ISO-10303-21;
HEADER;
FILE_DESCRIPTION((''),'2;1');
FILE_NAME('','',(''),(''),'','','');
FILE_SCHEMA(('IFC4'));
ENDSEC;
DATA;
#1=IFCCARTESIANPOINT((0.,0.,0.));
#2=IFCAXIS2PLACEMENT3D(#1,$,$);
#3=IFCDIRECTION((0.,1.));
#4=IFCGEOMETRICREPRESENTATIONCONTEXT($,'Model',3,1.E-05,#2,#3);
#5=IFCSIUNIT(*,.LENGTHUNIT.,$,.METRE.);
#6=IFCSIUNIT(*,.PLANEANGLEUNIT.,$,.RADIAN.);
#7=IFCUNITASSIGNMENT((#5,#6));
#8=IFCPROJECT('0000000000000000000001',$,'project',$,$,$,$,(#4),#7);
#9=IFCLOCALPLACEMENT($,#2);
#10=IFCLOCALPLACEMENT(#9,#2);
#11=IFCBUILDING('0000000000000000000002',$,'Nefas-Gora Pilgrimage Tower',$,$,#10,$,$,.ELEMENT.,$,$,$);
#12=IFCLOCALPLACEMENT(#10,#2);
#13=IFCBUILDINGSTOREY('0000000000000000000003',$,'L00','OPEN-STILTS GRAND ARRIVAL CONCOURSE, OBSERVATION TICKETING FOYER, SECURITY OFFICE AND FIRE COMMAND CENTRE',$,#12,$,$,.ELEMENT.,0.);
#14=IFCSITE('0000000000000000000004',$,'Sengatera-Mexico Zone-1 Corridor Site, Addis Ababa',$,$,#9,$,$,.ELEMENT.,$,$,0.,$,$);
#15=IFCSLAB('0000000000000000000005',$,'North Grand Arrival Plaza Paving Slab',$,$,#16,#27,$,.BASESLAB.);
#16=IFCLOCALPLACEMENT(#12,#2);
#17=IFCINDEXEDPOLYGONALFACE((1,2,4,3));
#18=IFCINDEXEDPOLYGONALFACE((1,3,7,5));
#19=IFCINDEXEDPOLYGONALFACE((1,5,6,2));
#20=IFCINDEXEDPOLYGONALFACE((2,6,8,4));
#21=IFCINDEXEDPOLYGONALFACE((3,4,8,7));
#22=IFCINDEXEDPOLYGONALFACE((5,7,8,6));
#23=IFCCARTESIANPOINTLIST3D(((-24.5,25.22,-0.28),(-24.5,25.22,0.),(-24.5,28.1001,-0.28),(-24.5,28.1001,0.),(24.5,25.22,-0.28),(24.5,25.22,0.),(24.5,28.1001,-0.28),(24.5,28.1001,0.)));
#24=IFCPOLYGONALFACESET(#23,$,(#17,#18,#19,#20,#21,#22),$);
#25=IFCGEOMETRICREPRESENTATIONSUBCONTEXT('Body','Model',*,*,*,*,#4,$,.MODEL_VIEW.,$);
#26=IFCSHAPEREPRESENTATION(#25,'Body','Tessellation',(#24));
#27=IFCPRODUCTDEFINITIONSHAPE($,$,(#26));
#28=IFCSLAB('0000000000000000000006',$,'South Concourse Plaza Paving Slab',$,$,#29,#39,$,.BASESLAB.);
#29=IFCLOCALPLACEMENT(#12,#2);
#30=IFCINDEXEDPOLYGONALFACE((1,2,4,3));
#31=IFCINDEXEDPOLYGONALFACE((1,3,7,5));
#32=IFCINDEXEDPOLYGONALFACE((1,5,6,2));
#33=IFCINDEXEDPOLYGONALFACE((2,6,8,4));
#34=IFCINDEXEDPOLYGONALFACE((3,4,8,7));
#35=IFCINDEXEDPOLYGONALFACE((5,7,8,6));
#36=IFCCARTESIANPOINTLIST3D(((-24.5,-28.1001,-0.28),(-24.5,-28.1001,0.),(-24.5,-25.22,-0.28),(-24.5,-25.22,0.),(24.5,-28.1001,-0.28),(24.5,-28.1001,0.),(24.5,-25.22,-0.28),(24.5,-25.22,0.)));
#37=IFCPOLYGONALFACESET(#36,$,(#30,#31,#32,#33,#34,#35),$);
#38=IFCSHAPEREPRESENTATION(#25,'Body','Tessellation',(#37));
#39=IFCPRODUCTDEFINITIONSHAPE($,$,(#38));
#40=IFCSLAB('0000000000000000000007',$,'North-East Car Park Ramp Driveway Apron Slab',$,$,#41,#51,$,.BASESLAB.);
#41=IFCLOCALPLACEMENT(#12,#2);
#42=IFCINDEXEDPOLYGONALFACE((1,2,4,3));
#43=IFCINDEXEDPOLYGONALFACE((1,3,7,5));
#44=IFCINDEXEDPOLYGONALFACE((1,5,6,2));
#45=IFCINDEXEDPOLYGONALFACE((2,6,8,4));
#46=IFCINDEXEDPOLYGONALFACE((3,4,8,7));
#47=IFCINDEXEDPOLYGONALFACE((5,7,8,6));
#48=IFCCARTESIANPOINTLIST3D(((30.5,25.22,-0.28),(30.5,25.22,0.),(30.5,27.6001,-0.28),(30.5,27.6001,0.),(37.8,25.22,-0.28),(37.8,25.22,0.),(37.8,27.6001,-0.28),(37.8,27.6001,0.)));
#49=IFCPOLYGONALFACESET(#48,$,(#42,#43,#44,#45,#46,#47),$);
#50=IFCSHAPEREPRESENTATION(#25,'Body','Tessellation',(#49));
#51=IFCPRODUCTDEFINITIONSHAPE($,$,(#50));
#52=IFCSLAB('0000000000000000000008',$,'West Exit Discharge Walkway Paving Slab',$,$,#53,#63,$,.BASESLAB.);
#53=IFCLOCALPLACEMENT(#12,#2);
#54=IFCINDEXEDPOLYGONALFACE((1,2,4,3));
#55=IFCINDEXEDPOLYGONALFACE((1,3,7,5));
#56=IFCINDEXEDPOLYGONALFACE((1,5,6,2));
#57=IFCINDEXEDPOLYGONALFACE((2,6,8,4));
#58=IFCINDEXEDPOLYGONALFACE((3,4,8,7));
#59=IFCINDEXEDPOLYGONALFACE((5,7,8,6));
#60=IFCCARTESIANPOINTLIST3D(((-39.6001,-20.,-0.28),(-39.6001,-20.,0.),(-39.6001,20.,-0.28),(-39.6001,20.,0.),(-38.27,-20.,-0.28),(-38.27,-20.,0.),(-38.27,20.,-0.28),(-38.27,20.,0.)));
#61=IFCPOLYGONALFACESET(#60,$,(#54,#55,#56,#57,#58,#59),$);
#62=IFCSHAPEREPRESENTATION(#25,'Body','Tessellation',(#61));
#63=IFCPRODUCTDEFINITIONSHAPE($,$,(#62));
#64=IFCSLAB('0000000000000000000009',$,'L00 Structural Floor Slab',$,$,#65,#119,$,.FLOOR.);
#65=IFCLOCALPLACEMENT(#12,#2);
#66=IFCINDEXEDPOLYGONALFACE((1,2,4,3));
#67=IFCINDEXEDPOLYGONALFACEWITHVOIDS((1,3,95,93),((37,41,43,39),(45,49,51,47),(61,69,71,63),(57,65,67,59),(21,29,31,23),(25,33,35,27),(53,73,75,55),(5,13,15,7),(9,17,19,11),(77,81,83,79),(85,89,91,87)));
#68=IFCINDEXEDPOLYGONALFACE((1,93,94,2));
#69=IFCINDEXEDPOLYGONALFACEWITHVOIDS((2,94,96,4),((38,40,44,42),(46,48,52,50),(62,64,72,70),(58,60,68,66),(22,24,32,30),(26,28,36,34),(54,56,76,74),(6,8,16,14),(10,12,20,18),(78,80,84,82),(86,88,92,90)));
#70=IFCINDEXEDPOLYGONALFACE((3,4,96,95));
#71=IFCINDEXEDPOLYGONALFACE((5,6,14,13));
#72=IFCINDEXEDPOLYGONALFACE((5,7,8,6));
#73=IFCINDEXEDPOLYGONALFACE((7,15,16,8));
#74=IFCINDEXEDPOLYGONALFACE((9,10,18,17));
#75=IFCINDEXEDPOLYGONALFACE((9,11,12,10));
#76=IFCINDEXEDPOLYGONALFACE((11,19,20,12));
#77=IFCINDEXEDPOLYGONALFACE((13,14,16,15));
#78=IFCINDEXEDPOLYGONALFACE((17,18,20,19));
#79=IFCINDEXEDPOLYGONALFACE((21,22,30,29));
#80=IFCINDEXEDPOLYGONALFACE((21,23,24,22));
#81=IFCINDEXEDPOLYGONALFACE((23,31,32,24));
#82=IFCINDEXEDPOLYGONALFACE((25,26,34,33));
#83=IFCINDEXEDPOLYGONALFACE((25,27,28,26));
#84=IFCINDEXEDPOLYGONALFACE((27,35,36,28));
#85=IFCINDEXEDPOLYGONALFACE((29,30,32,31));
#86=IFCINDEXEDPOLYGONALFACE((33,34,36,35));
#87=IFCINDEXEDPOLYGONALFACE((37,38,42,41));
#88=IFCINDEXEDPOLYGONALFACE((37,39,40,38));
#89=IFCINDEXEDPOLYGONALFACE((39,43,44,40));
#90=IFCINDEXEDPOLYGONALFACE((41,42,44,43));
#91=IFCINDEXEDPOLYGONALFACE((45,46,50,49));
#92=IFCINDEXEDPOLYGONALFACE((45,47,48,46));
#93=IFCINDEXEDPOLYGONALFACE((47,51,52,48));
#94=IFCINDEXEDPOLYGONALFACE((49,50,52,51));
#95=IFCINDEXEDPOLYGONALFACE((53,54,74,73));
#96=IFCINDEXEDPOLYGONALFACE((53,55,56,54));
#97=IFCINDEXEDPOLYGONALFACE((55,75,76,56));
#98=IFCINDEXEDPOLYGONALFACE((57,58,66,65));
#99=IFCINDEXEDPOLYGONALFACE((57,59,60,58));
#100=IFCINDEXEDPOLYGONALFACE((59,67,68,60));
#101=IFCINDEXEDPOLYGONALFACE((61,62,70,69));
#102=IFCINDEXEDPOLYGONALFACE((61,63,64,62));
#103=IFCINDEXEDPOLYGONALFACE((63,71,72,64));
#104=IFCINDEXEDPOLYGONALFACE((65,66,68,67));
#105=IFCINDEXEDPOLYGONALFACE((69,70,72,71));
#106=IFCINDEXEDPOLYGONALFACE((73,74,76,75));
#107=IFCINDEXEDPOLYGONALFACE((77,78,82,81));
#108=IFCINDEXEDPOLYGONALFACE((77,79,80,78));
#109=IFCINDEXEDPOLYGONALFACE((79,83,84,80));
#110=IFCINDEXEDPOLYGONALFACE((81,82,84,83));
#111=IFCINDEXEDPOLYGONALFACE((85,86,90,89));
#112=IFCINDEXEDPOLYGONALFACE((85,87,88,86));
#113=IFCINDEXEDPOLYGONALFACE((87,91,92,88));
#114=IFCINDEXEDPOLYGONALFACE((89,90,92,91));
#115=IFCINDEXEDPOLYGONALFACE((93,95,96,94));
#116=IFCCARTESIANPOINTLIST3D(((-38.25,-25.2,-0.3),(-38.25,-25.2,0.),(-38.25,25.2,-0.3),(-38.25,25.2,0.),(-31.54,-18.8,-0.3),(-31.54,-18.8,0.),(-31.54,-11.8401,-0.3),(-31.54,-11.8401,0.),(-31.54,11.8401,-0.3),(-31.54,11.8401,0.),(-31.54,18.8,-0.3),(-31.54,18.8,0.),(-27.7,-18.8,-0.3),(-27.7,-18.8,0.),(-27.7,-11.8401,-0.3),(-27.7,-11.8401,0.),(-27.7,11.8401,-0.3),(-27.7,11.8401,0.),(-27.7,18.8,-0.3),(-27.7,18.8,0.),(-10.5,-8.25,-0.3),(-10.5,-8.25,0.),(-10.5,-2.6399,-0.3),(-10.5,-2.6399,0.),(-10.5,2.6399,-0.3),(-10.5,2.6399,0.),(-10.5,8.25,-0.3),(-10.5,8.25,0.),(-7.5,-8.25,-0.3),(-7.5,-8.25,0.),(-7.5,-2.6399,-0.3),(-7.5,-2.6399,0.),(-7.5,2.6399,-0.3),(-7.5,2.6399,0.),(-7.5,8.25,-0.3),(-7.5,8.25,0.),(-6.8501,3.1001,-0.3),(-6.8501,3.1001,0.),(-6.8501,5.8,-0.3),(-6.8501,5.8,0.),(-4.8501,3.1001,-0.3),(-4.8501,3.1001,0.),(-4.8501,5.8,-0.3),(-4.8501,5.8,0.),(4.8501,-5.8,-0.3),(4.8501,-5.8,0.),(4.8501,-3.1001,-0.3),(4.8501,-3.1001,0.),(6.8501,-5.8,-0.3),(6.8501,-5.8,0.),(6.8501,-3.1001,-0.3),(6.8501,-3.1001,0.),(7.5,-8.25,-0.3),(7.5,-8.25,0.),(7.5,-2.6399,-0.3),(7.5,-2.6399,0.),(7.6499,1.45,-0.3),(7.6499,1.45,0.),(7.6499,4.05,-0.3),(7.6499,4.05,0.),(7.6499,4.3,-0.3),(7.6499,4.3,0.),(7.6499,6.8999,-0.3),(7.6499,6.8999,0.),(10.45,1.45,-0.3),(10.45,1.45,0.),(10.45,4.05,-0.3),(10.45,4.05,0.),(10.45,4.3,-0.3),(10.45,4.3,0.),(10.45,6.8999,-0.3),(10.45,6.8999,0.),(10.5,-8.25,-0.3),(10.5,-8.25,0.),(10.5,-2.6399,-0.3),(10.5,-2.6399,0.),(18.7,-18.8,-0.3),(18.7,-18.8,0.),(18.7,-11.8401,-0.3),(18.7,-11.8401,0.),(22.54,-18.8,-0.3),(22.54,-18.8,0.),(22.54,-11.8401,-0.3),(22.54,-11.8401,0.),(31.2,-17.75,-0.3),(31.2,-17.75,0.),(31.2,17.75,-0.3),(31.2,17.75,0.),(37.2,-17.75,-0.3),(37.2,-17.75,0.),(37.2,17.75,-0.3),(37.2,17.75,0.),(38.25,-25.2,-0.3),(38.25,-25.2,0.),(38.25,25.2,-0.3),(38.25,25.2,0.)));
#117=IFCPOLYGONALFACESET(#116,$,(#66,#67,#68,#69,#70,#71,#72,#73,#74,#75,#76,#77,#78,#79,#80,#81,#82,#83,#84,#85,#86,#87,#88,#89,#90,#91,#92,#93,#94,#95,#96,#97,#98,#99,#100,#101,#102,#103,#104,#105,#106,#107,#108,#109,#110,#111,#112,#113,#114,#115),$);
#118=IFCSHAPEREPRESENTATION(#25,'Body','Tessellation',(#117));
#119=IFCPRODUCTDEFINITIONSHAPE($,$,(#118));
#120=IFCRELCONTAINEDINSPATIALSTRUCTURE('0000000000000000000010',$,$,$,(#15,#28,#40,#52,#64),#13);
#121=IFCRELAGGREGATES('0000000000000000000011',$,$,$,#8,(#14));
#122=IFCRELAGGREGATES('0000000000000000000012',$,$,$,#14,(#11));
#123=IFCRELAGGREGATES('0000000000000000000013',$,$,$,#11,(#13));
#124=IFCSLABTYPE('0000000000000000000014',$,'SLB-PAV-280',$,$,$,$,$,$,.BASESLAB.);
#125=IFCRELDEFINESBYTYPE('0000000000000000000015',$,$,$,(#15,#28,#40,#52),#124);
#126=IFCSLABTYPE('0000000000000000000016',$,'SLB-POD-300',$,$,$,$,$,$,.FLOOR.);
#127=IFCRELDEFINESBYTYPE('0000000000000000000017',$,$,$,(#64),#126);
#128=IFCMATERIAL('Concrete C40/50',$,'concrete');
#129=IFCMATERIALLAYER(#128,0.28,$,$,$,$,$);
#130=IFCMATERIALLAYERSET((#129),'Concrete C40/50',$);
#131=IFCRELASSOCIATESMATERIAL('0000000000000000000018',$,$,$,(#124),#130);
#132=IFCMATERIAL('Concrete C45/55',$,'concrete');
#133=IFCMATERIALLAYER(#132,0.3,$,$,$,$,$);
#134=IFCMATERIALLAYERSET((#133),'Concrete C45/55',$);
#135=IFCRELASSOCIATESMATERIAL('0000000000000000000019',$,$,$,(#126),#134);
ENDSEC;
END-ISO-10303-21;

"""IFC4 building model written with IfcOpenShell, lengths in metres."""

from ifc_helpers import new_model, si_unit, direction, frame, origin, place, context, subcontext, project, spatial, polyline, outline, extrude, material, layer, layer_set, type_object, element, save


model = new_model("IFC4")

# Units and contexts
model_context = context("Model", 3, precision=1e-05, world=origin(), true_north=direction((0.0, 1.0)))
body_context = subcontext(model_context, "Body", "Model", "MODEL_VIEW")
ifc_project = project(units=[si_unit("LENGTHUNIT", "METRE"), si_unit("PLANEANGLEUNIT", "RADIAN")], contexts=[model_context])

# Site, building, storey
site_placement = place(None, origin())
site = spatial("IfcSite", under=ifc_project, at=site_placement, Name="Sengatera-Mexico Zone-1 Corridor Site, Addis Ababa", CompositionType="ELEMENT", RefElevation=0.0)
building_placement = place(site_placement, origin())
building = spatial("IfcBuilding", under=site, at=building_placement, Name="Nefas-Gora Pilgrimage Tower", CompositionType="ELEMENT")
storey_placement = place(building_placement, origin())
storey = spatial("IfcBuildingStorey", under=building, at=storey_placement, Name="L00", Description="OPEN-STILTS GRAND ARRIVAL CONCOURSE, OBSERVATION TICKETING FOYER, SECURITY OFFICE AND FIRE COMMAND CENTRE", CompositionType="ELEMENT", Elevation=0.0)

# Slabs
ifc_material_1 = material(Name="Concrete C40/50", Category="concrete")
ifc_layer_1 = layer(ifc_material_1, 0.28)
ifc_layer_set_1 = layer_set([ifc_layer_1], Name="Concrete C40/50")
slab_type_1 = type_object("IfcSlabType", Name="SLB-PAV-280", PredefinedType="BASESLAB", material=ifc_layer_set_1)
slab_1_placement = place(storey_placement, frame((0.0, 0.0, -0.28)))
element("IfcSlab", 1, at=slab_1_placement, inside=storey, type_object=slab_type_1, Name="North Grand Arrival Plaza Paving Slab", PredefinedType="BASESLAB", context=body_context, shape_type="SweptSolid", body=[
    extrude(outline(polyline([(-24.5, 25.22), (24.5, 25.22), (24.5, 28.1001), (-24.5, 28.1001), (-24.5, 25.22)])), origin(), (0.0, 0.0, 1.0), 0.28),
])
slab_2_placement = place(storey_placement, frame((0.0, 0.0, -0.28)))
element("IfcSlab", 2, at=slab_2_placement, inside=storey, type_object=slab_type_1, Name="South Concourse Plaza Paving Slab", PredefinedType="BASESLAB", context=body_context, shape_type="SweptSolid", body=[
    extrude(outline(polyline([(-24.5, -28.1001), (24.5, -28.1001), (24.5, -25.22), (-24.5, -25.22), (-24.5, -28.1001)])), origin(), (0.0, 0.0, 1.0), 0.28),
])
slab_3_placement = place(storey_placement, frame((0.0, 0.0, -0.28)))
element("IfcSlab", 3, at=slab_3_placement, inside=storey, type_object=slab_type_1, Name="North-East Car Park Ramp Driveway Apron Slab", PredefinedType="BASESLAB", context=body_context, shape_type="SweptSolid", body=[
    extrude(outline(polyline([(30.5, 25.22), (37.8, 25.22), (37.8, 27.6001), (30.5, 27.6001), (30.5, 25.22)])), origin(), (0.0, 0.0, 1.0), 0.28),
])
slab_4_placement = place(storey_placement, frame((0.0, 0.0, -0.28)))
element("IfcSlab", 4, at=slab_4_placement, inside=storey, type_object=slab_type_1, Name="West Exit Discharge Walkway Paving Slab", PredefinedType="BASESLAB", context=body_context, shape_type="SweptSolid", body=[
    extrude(outline(polyline([(-39.6001, -20.0), (-38.27, -20.0), (-38.27, 20.0), (-39.6001, 20.0), (-39.6001, -20.0)])), origin(), (0.0, 0.0, 1.0), 0.28),
])
ifc_material_2 = material(Name="Concrete C45/55", Category="concrete")
ifc_layer_2 = layer(ifc_material_2, 0.3)
ifc_layer_set_2 = layer_set([ifc_layer_2], Name="Concrete C45/55")
slab_type_2 = type_object("IfcSlabType", Name="SLB-POD-300", PredefinedType="FLOOR", material=ifc_layer_set_2)
slab_5_placement = place(storey_placement, frame((0.0, 0.0, -0.3)))
element("IfcSlab", 5, at=slab_5_placement, inside=storey, type_object=slab_type_2, Name="L00 Structural Floor Slab", PredefinedType="FLOOR", context=body_context, shape_type="SweptSolid", body=[
    extrude(outline(polyline([(38.25, -25.2), (38.25, 25.2), (-38.25, 25.2), (-38.25, -25.2), (38.25, -25.2)]), holes=[polyline([(-10.5, 2.6399), (-10.5, 8.25), (-7.5, 8.25), (-7.5, 2.6399), (-10.5, 2.6399)]), polyline([(10.5, -2.6399), (10.5, -8.25), (7.5, -8.25), (7.5, -2.6399), (10.5, -2.6399)]), polyline([(-7.5, -2.6399), (-7.5, -8.25), (-10.5, -8.25), (-10.5, -2.6399), (-7.5, -2.6399)]), polyline([(-31.54, 11.8401), (-31.54, 18.8), (-27.7, 18.8), (-27.7, 11.8401), (-31.54, 11.8401)]), polyline([(-27.7, -11.8401), (-27.7, -18.8), (-31.54, -18.8), (-31.54, -11.8401), (-27.7, -11.8401)]), polyline([(22.54, -11.8401), (22.54, -18.8), (18.7, -18.8), (18.7, -11.8401), (22.54, -11.8401)]), polyline([(-6.8501, 5.8), (-4.8501, 5.8), (-4.8501, 3.1001), (-6.8501, 3.1001), (-6.8501, 5.8)]), polyline([(4.8501, -3.1001), (6.8501, -3.1001), (6.8501, -5.8), (4.8501, -5.8), (4.8501, -3.1001)]), polyline([(7.6499, 4.05), (10.45, 4.05), (10.45, 1.45), (7.6499, 1.45), (7.6499, 4.05)]), polyline([(7.6499, 6.8999), (10.45, 6.8999), (10.45, 4.3), (7.6499, 4.3), (7.6499, 6.8999)]), polyline([(31.2, 17.75), (37.2, 17.75), (37.2, -17.75), (31.2, -17.75), (31.2, 17.75)])]), origin(), (0.0, 0.0, 1.0), 0.3),
])

save(model, "model.ifc")
